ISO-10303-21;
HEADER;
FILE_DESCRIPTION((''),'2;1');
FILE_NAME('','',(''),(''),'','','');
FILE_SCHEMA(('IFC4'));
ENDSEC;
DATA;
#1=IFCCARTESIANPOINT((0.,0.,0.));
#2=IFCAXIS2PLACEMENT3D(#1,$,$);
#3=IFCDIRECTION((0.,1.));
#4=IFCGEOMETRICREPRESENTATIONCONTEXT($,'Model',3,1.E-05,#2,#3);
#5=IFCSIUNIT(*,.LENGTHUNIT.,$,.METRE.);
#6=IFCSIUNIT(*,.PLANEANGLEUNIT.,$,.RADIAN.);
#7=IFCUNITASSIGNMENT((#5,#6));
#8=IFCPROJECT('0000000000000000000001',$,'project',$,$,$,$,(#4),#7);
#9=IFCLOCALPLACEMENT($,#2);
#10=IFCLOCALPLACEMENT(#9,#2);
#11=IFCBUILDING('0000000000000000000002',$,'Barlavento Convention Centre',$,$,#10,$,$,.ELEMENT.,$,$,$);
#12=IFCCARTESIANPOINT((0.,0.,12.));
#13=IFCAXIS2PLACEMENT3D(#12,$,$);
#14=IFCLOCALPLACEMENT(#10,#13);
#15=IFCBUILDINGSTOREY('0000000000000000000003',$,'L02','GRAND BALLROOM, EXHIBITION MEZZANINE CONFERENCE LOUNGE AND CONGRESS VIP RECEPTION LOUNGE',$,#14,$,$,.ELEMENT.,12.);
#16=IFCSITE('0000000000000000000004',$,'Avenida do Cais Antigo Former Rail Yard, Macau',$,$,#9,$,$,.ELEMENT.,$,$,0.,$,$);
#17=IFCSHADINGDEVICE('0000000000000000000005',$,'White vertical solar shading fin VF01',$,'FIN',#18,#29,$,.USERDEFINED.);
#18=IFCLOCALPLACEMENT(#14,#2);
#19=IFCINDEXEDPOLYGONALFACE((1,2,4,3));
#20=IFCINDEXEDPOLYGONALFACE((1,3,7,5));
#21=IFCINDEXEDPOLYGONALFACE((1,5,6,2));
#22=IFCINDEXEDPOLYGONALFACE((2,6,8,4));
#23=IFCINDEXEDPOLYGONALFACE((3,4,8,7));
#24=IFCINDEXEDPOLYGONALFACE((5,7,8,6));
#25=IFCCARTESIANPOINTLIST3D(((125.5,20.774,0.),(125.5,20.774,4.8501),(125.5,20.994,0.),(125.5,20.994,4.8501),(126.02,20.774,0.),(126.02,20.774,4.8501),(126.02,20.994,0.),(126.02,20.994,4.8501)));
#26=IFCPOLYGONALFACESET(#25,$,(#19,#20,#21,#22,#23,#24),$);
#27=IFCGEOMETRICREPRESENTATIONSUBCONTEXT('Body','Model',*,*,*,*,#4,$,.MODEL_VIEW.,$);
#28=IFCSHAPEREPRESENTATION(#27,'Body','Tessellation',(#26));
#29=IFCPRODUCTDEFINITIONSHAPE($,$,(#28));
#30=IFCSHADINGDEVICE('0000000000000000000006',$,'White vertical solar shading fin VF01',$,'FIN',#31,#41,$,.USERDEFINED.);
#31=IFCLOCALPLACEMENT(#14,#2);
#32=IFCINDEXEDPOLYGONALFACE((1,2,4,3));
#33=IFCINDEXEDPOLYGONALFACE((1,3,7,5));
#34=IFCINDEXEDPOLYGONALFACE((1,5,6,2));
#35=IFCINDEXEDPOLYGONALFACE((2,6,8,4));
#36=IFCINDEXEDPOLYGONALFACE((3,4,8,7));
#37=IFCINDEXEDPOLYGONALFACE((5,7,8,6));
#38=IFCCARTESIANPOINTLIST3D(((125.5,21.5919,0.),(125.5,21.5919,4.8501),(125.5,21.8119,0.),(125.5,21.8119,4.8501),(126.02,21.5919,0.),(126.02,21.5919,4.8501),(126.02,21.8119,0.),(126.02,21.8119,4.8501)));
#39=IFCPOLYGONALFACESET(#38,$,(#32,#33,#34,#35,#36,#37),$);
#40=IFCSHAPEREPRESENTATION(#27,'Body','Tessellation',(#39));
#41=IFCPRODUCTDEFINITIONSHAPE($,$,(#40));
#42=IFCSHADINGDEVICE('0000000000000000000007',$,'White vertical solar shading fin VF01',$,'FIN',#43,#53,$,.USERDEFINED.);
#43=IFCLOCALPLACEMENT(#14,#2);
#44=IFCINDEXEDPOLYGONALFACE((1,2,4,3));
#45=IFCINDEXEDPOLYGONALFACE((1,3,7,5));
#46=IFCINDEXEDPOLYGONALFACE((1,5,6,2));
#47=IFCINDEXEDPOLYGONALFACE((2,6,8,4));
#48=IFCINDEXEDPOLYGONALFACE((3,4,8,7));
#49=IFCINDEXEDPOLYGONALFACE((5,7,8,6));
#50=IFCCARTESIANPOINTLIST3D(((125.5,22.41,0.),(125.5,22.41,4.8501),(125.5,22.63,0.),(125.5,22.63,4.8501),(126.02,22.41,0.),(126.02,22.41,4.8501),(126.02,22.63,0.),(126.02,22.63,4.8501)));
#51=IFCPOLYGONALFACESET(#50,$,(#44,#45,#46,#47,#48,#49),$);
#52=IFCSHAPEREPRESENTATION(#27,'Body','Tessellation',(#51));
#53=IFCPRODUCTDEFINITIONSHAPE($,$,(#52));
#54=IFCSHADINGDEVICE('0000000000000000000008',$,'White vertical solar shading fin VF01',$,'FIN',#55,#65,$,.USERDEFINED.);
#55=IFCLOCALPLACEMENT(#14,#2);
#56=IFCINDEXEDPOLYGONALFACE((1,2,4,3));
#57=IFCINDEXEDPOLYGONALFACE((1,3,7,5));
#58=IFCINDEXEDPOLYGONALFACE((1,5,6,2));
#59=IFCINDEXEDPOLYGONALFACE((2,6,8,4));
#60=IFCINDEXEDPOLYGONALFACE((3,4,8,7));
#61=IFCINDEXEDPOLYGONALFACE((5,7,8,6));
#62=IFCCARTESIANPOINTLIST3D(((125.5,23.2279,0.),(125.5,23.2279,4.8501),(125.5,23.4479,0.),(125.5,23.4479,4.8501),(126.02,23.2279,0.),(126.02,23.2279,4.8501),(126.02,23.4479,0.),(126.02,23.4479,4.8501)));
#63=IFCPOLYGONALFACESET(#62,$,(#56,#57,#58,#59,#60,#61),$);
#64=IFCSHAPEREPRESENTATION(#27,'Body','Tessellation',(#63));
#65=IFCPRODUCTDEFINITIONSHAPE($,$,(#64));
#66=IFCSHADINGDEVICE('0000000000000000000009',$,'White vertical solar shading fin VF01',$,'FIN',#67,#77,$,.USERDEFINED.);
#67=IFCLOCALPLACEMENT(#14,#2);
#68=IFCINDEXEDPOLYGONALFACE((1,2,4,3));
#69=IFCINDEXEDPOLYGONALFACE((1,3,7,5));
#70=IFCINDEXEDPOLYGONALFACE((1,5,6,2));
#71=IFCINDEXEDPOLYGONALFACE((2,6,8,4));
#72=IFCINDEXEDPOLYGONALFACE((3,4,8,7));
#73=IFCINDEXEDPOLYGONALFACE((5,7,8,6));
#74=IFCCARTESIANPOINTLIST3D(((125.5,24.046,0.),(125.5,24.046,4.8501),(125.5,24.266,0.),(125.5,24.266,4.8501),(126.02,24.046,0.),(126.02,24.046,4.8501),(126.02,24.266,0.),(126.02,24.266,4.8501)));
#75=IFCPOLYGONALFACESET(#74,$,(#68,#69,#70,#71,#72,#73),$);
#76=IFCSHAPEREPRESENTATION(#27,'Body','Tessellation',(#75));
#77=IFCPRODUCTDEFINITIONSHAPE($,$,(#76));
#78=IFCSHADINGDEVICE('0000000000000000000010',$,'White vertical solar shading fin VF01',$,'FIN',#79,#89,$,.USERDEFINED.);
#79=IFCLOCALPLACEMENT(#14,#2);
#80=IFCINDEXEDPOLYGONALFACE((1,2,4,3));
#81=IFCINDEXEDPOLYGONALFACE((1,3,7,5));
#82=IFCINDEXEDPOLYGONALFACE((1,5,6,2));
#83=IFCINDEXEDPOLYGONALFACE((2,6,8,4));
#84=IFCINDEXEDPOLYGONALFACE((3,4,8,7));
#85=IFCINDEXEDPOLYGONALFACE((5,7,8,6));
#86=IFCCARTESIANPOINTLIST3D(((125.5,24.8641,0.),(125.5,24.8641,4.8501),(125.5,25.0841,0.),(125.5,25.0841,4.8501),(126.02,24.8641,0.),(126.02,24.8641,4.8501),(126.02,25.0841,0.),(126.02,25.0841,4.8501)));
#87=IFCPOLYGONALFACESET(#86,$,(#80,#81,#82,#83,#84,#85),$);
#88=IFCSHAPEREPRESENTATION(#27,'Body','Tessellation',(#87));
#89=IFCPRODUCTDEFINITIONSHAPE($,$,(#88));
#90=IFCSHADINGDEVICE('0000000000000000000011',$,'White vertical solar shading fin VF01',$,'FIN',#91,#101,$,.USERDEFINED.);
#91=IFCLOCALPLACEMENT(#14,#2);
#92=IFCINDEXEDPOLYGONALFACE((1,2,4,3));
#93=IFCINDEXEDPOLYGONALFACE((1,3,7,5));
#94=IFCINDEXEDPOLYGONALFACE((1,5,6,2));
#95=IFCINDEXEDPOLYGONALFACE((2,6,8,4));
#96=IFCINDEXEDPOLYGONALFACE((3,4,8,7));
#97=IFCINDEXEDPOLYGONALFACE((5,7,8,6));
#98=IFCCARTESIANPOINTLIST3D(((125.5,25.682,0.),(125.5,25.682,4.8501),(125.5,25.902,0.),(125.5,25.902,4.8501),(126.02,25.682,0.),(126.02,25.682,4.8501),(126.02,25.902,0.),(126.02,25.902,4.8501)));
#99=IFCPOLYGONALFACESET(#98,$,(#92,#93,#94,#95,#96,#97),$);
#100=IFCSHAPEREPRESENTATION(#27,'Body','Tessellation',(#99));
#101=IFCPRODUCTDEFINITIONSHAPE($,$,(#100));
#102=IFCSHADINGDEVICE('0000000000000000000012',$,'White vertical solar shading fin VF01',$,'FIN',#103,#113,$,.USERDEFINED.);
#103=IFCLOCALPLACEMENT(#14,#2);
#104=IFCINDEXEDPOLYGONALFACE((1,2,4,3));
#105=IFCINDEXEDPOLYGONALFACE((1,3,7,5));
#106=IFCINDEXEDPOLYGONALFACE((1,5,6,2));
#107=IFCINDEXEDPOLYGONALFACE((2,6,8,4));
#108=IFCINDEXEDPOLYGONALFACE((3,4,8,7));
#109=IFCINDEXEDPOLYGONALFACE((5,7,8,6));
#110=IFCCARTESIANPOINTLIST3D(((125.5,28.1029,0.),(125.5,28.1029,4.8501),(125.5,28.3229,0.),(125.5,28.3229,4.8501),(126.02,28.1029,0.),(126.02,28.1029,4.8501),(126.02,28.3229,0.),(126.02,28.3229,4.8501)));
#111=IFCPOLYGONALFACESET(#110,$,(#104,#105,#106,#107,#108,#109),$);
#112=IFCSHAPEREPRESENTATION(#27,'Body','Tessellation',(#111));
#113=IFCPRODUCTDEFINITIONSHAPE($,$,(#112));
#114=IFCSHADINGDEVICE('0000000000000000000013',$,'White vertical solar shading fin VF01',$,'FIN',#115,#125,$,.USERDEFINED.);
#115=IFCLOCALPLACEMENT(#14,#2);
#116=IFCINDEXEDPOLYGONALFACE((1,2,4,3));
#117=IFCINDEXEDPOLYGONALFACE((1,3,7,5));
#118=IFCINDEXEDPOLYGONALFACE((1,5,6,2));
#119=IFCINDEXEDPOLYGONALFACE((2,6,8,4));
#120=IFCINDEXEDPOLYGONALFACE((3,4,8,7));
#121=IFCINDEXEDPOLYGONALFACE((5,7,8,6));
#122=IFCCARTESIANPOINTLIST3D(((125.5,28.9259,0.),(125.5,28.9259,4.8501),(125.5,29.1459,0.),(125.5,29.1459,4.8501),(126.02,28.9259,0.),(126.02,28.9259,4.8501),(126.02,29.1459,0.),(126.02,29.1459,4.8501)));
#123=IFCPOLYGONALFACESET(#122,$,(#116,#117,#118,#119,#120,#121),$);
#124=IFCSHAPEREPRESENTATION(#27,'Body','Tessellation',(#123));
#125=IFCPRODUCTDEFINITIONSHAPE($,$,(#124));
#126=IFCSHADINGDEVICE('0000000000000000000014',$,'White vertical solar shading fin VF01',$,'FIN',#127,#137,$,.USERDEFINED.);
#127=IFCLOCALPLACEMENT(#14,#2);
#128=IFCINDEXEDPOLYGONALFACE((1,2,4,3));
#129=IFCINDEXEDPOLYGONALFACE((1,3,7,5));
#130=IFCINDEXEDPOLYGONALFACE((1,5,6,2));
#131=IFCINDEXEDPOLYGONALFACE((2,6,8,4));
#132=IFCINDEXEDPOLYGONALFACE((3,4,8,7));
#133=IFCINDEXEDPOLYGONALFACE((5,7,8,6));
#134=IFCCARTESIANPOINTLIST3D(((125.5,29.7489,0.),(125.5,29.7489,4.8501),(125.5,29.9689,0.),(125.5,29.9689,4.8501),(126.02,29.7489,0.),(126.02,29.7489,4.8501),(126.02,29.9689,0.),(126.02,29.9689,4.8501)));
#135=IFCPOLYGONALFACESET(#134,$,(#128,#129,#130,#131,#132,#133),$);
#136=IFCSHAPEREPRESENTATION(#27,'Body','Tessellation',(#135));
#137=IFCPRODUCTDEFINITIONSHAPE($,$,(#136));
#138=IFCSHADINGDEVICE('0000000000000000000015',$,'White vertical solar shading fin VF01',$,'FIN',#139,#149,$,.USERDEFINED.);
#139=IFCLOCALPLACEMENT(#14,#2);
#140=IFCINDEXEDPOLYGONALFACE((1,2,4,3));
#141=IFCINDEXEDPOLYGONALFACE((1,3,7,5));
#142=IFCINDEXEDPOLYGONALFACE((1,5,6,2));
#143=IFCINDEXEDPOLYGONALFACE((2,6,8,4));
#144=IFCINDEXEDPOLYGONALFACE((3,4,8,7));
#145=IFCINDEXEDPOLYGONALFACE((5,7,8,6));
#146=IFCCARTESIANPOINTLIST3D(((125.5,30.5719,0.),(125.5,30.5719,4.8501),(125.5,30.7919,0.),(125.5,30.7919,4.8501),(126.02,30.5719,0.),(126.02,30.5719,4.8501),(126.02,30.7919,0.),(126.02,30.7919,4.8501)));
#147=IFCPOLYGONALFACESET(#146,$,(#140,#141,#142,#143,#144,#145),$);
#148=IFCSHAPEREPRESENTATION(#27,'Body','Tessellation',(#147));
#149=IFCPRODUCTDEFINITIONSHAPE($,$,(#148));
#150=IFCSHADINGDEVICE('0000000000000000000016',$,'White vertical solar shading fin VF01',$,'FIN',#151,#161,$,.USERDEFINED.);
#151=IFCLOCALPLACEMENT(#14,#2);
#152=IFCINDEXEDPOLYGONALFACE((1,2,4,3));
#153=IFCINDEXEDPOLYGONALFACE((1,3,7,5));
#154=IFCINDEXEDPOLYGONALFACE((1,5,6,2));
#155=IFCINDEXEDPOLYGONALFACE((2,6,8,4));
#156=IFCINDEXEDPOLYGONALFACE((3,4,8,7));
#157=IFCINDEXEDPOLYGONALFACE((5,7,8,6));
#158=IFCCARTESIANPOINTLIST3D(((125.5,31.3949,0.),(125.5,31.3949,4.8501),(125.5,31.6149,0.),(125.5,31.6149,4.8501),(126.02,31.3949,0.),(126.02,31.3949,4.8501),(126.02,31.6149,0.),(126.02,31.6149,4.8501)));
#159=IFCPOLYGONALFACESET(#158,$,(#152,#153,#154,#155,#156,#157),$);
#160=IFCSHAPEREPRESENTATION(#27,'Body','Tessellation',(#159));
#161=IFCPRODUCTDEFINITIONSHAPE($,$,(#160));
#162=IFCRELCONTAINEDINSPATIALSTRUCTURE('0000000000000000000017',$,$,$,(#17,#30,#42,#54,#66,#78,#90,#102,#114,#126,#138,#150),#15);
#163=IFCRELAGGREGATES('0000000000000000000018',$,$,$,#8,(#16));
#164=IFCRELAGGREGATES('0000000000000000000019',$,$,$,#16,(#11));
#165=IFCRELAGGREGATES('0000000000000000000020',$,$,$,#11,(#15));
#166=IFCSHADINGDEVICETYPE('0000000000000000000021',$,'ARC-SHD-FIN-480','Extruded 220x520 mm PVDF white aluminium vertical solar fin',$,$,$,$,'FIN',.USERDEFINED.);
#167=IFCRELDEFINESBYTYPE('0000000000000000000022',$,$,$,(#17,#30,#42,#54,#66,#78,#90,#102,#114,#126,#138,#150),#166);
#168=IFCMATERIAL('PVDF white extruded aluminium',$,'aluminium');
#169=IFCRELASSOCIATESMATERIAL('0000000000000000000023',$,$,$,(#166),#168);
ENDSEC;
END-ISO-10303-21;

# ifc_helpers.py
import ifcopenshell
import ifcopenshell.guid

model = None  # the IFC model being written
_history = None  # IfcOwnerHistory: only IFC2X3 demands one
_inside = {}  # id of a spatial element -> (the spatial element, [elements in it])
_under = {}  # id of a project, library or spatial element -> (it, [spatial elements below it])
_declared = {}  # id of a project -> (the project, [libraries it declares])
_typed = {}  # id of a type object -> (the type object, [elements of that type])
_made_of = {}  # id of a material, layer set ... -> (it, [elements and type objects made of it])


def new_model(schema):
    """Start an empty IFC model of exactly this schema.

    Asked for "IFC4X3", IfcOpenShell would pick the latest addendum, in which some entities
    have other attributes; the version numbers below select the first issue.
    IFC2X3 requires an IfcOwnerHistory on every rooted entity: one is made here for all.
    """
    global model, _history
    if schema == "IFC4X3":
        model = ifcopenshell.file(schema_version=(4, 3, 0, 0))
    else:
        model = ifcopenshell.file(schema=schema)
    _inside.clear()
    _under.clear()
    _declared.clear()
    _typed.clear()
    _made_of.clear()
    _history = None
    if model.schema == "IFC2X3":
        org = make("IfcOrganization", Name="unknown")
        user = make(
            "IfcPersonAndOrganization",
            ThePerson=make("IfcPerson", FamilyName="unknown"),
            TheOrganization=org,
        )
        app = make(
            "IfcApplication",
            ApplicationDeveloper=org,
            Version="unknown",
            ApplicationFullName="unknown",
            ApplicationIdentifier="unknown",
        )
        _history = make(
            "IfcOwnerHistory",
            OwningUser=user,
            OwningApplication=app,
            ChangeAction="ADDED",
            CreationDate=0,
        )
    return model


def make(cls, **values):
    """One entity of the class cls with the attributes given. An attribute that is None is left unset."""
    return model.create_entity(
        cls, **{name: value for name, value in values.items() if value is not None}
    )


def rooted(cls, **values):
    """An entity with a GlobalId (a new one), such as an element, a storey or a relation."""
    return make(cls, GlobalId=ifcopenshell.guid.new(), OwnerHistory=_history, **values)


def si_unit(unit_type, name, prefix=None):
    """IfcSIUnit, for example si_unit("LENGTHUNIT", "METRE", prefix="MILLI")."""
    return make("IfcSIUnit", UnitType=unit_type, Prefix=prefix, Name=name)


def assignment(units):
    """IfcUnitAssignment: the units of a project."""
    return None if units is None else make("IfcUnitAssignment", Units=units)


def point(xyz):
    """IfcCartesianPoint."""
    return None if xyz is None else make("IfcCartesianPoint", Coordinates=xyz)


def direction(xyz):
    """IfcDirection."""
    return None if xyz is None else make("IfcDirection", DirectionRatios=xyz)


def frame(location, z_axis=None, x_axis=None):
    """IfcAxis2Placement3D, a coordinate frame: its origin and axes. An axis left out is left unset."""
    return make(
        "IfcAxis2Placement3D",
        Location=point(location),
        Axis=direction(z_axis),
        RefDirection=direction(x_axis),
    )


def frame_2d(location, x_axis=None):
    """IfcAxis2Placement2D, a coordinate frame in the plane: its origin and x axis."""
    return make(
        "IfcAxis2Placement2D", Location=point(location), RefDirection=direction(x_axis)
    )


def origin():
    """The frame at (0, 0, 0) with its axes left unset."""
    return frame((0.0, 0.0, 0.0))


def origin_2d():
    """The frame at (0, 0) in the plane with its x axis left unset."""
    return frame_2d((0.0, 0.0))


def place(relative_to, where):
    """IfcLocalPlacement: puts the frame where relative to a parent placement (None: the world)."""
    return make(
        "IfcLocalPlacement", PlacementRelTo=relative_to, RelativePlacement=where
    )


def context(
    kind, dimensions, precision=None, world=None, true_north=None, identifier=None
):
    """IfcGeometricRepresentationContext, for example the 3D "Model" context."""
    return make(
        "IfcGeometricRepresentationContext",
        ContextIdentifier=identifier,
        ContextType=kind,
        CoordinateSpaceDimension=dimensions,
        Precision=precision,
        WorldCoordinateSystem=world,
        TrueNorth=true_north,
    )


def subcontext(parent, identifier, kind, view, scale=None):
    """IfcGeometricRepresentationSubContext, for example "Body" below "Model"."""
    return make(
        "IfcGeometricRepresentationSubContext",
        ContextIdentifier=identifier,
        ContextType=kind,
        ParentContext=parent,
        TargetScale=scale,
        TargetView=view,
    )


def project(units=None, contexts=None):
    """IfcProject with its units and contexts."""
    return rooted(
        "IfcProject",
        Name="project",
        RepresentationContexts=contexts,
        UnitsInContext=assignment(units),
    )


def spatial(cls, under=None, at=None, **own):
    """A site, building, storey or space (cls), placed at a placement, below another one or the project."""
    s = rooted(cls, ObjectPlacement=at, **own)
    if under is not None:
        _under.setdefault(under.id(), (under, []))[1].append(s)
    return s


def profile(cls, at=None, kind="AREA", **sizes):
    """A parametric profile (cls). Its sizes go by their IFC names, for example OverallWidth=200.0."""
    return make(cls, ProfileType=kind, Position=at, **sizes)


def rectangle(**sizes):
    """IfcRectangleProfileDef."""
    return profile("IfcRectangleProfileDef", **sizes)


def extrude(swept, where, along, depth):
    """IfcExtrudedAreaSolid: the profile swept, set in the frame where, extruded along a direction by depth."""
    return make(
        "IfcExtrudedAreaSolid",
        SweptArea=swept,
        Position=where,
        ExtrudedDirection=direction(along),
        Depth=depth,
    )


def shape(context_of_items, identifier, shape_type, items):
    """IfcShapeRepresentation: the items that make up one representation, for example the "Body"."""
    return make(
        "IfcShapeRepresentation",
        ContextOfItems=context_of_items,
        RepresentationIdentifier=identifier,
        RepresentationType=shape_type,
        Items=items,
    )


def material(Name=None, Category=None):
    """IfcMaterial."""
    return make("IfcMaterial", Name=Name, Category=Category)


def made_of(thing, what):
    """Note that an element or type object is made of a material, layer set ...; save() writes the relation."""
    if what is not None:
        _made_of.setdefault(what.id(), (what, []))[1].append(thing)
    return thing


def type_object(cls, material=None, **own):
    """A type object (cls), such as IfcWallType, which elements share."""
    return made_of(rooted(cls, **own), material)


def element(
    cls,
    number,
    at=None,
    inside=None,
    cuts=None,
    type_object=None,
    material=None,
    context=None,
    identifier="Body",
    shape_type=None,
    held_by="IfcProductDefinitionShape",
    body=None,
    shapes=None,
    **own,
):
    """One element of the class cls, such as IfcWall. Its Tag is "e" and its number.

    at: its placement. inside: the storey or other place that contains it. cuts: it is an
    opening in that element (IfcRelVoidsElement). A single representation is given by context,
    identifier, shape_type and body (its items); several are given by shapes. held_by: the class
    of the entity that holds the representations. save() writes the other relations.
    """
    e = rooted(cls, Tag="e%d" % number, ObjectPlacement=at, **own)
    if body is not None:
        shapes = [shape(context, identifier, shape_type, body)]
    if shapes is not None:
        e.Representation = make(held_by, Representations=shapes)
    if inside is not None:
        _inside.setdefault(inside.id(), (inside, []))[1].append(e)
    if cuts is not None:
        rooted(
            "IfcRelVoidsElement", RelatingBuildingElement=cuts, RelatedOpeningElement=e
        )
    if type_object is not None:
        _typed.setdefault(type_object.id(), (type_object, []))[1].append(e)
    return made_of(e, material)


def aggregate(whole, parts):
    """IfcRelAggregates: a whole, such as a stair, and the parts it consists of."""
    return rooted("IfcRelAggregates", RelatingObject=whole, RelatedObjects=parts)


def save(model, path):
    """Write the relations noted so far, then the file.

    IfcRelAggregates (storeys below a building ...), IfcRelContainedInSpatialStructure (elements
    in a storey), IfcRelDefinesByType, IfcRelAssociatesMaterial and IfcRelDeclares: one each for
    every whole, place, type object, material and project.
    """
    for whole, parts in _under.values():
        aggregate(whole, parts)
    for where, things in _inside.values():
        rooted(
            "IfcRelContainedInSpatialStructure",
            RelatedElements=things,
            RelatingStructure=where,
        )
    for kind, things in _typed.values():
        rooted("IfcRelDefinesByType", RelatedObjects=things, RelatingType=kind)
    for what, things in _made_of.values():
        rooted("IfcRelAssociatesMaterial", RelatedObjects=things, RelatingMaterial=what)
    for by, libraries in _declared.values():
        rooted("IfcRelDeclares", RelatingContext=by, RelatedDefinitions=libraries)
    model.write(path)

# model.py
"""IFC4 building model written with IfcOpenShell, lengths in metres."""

from ifc_helpers import new_model, si_unit, direction, frame, origin, origin_2d, place, context, subcontext, project, spatial, rectangle, extrude, material, type_object, element, save


model = new_model("IFC4")

# Units and contexts
model_context = context("Model", 3, precision=1e-05, world=origin(), true_north=direction((0.0, 1.0)))
body_context = subcontext(model_context, "Body", "Model", "MODEL_VIEW")
ifc_project = project(units=[si_unit("LENGTHUNIT", "METRE"), si_unit("PLANEANGLEUNIT", "RADIAN")], contexts=[model_context])

# Site, building, storey
site_placement = place(None, origin())
site = spatial("IfcSite", under=ifc_project, at=site_placement, Name="Avenida do Cais Antigo Former Rail Yard, Macau", CompositionType="ELEMENT", RefElevation=0.0)
building_placement = place(site_placement, origin())
building = spatial("IfcBuilding", under=site, at=building_placement, Name="Barlavento Convention Centre", CompositionType="ELEMENT")
storey_placement = place(building_placement, frame((0.0, 0.0, 12.0)))
storey = spatial("IfcBuildingStorey", under=building, at=storey_placement, Name="L02", Description="GRAND BALLROOM, EXHIBITION MEZZANINE CONFERENCE LOUNGE AND CONGRESS VIP RECEPTION LOUNGE", CompositionType="ELEMENT", Elevation=12.0)

# Shading devices
ifc_material_1 = material(Name="PVDF white extruded aluminium", Category="aluminium")
shading_device_type = type_object("IfcShadingDeviceType", Name="ARC-SHD-FIN-480", Description="Extruded 220x520 mm PVDF white aluminium vertical solar fin", ElementType="FIN", PredefinedType="USERDEFINED", material=ifc_material_1)
for number, where, z_axis, x_axis, name in (
    (1, (125.76, 20.884, 0.0), (0.0, 0.0, 1.0), (0.0, 1.0, 0.0), "White vertical solar shading fin VF01"),
    (2, (125.76, 21.7019, 0.0), (0.0, 0.0, 1.0), (0.0, 1.0, 0.0), "White vertical solar shading fin VF01"),
    (3, (125.76, 22.52, 0.0), (0.0, 0.0, 1.0), (0.0, 1.0, 0.0), "White vertical solar shading fin VF01"),
    (4, (125.76, 23.3379, 0.0), (0.0, 0.0, 1.0), (0.0, 1.0, 0.0), "White vertical solar shading fin VF01"),
    (5, (125.76, 24.156, 0.0), (0.0, 0.0, 1.0), (0.0, 1.0, 0.0), "White vertical solar shading fin VF01"),
    (6, (125.76, 24.9741, 0.0), (0.0, 0.0, 1.0), (0.0, 1.0, 0.0), "White vertical solar shading fin VF01"),
    (7, (125.76, 25.792, 0.0), (0.0, 0.0, 1.0), (0.0, 1.0, 0.0), "White vertical solar shading fin VF01"),
    (8, (125.76, 28.2129, 0.0), (0.0, 0.0, 1.0), (0.0, 1.0, 0.0), "White vertical solar shading fin VF01"),
    (9, (125.76, 29.0359, 0.0), (0.0, 0.0, 1.0), (0.0, 1.0, 0.0), "White vertical solar shading fin VF01"),
    (10, (125.76, 29.8589, 0.0), (0.0, 0.0, 1.0), (0.0, 1.0, 0.0), "White vertical solar shading fin VF01"),
    (11, (125.76, 30.6819, 0.0), (0.0, 0.0, 1.0), (0.0, 1.0, 0.0), "White vertical solar shading fin VF01"),
    (12, (125.76, 31.5049, 0.0), (0.0, 0.0, 1.0), (0.0, 1.0, 0.0), "White vertical solar shading fin VF01"),
):
    element("IfcShadingDevice", number, at=place(storey_placement, frame(where, z_axis=z_axis, x_axis=x_axis)), inside=storey, type_object=shading_device_type, Name=name, ObjectType="FIN", PredefinedType="USERDEFINED", context=body_context, shape_type="SweptSolid", body=[
        extrude(rectangle(XDim=0.22, YDim=0.52, at=origin_2d()), origin(), (0.0, 0.0, 1.0), 4.8501),
    ])

save(model, "model.ifc")
